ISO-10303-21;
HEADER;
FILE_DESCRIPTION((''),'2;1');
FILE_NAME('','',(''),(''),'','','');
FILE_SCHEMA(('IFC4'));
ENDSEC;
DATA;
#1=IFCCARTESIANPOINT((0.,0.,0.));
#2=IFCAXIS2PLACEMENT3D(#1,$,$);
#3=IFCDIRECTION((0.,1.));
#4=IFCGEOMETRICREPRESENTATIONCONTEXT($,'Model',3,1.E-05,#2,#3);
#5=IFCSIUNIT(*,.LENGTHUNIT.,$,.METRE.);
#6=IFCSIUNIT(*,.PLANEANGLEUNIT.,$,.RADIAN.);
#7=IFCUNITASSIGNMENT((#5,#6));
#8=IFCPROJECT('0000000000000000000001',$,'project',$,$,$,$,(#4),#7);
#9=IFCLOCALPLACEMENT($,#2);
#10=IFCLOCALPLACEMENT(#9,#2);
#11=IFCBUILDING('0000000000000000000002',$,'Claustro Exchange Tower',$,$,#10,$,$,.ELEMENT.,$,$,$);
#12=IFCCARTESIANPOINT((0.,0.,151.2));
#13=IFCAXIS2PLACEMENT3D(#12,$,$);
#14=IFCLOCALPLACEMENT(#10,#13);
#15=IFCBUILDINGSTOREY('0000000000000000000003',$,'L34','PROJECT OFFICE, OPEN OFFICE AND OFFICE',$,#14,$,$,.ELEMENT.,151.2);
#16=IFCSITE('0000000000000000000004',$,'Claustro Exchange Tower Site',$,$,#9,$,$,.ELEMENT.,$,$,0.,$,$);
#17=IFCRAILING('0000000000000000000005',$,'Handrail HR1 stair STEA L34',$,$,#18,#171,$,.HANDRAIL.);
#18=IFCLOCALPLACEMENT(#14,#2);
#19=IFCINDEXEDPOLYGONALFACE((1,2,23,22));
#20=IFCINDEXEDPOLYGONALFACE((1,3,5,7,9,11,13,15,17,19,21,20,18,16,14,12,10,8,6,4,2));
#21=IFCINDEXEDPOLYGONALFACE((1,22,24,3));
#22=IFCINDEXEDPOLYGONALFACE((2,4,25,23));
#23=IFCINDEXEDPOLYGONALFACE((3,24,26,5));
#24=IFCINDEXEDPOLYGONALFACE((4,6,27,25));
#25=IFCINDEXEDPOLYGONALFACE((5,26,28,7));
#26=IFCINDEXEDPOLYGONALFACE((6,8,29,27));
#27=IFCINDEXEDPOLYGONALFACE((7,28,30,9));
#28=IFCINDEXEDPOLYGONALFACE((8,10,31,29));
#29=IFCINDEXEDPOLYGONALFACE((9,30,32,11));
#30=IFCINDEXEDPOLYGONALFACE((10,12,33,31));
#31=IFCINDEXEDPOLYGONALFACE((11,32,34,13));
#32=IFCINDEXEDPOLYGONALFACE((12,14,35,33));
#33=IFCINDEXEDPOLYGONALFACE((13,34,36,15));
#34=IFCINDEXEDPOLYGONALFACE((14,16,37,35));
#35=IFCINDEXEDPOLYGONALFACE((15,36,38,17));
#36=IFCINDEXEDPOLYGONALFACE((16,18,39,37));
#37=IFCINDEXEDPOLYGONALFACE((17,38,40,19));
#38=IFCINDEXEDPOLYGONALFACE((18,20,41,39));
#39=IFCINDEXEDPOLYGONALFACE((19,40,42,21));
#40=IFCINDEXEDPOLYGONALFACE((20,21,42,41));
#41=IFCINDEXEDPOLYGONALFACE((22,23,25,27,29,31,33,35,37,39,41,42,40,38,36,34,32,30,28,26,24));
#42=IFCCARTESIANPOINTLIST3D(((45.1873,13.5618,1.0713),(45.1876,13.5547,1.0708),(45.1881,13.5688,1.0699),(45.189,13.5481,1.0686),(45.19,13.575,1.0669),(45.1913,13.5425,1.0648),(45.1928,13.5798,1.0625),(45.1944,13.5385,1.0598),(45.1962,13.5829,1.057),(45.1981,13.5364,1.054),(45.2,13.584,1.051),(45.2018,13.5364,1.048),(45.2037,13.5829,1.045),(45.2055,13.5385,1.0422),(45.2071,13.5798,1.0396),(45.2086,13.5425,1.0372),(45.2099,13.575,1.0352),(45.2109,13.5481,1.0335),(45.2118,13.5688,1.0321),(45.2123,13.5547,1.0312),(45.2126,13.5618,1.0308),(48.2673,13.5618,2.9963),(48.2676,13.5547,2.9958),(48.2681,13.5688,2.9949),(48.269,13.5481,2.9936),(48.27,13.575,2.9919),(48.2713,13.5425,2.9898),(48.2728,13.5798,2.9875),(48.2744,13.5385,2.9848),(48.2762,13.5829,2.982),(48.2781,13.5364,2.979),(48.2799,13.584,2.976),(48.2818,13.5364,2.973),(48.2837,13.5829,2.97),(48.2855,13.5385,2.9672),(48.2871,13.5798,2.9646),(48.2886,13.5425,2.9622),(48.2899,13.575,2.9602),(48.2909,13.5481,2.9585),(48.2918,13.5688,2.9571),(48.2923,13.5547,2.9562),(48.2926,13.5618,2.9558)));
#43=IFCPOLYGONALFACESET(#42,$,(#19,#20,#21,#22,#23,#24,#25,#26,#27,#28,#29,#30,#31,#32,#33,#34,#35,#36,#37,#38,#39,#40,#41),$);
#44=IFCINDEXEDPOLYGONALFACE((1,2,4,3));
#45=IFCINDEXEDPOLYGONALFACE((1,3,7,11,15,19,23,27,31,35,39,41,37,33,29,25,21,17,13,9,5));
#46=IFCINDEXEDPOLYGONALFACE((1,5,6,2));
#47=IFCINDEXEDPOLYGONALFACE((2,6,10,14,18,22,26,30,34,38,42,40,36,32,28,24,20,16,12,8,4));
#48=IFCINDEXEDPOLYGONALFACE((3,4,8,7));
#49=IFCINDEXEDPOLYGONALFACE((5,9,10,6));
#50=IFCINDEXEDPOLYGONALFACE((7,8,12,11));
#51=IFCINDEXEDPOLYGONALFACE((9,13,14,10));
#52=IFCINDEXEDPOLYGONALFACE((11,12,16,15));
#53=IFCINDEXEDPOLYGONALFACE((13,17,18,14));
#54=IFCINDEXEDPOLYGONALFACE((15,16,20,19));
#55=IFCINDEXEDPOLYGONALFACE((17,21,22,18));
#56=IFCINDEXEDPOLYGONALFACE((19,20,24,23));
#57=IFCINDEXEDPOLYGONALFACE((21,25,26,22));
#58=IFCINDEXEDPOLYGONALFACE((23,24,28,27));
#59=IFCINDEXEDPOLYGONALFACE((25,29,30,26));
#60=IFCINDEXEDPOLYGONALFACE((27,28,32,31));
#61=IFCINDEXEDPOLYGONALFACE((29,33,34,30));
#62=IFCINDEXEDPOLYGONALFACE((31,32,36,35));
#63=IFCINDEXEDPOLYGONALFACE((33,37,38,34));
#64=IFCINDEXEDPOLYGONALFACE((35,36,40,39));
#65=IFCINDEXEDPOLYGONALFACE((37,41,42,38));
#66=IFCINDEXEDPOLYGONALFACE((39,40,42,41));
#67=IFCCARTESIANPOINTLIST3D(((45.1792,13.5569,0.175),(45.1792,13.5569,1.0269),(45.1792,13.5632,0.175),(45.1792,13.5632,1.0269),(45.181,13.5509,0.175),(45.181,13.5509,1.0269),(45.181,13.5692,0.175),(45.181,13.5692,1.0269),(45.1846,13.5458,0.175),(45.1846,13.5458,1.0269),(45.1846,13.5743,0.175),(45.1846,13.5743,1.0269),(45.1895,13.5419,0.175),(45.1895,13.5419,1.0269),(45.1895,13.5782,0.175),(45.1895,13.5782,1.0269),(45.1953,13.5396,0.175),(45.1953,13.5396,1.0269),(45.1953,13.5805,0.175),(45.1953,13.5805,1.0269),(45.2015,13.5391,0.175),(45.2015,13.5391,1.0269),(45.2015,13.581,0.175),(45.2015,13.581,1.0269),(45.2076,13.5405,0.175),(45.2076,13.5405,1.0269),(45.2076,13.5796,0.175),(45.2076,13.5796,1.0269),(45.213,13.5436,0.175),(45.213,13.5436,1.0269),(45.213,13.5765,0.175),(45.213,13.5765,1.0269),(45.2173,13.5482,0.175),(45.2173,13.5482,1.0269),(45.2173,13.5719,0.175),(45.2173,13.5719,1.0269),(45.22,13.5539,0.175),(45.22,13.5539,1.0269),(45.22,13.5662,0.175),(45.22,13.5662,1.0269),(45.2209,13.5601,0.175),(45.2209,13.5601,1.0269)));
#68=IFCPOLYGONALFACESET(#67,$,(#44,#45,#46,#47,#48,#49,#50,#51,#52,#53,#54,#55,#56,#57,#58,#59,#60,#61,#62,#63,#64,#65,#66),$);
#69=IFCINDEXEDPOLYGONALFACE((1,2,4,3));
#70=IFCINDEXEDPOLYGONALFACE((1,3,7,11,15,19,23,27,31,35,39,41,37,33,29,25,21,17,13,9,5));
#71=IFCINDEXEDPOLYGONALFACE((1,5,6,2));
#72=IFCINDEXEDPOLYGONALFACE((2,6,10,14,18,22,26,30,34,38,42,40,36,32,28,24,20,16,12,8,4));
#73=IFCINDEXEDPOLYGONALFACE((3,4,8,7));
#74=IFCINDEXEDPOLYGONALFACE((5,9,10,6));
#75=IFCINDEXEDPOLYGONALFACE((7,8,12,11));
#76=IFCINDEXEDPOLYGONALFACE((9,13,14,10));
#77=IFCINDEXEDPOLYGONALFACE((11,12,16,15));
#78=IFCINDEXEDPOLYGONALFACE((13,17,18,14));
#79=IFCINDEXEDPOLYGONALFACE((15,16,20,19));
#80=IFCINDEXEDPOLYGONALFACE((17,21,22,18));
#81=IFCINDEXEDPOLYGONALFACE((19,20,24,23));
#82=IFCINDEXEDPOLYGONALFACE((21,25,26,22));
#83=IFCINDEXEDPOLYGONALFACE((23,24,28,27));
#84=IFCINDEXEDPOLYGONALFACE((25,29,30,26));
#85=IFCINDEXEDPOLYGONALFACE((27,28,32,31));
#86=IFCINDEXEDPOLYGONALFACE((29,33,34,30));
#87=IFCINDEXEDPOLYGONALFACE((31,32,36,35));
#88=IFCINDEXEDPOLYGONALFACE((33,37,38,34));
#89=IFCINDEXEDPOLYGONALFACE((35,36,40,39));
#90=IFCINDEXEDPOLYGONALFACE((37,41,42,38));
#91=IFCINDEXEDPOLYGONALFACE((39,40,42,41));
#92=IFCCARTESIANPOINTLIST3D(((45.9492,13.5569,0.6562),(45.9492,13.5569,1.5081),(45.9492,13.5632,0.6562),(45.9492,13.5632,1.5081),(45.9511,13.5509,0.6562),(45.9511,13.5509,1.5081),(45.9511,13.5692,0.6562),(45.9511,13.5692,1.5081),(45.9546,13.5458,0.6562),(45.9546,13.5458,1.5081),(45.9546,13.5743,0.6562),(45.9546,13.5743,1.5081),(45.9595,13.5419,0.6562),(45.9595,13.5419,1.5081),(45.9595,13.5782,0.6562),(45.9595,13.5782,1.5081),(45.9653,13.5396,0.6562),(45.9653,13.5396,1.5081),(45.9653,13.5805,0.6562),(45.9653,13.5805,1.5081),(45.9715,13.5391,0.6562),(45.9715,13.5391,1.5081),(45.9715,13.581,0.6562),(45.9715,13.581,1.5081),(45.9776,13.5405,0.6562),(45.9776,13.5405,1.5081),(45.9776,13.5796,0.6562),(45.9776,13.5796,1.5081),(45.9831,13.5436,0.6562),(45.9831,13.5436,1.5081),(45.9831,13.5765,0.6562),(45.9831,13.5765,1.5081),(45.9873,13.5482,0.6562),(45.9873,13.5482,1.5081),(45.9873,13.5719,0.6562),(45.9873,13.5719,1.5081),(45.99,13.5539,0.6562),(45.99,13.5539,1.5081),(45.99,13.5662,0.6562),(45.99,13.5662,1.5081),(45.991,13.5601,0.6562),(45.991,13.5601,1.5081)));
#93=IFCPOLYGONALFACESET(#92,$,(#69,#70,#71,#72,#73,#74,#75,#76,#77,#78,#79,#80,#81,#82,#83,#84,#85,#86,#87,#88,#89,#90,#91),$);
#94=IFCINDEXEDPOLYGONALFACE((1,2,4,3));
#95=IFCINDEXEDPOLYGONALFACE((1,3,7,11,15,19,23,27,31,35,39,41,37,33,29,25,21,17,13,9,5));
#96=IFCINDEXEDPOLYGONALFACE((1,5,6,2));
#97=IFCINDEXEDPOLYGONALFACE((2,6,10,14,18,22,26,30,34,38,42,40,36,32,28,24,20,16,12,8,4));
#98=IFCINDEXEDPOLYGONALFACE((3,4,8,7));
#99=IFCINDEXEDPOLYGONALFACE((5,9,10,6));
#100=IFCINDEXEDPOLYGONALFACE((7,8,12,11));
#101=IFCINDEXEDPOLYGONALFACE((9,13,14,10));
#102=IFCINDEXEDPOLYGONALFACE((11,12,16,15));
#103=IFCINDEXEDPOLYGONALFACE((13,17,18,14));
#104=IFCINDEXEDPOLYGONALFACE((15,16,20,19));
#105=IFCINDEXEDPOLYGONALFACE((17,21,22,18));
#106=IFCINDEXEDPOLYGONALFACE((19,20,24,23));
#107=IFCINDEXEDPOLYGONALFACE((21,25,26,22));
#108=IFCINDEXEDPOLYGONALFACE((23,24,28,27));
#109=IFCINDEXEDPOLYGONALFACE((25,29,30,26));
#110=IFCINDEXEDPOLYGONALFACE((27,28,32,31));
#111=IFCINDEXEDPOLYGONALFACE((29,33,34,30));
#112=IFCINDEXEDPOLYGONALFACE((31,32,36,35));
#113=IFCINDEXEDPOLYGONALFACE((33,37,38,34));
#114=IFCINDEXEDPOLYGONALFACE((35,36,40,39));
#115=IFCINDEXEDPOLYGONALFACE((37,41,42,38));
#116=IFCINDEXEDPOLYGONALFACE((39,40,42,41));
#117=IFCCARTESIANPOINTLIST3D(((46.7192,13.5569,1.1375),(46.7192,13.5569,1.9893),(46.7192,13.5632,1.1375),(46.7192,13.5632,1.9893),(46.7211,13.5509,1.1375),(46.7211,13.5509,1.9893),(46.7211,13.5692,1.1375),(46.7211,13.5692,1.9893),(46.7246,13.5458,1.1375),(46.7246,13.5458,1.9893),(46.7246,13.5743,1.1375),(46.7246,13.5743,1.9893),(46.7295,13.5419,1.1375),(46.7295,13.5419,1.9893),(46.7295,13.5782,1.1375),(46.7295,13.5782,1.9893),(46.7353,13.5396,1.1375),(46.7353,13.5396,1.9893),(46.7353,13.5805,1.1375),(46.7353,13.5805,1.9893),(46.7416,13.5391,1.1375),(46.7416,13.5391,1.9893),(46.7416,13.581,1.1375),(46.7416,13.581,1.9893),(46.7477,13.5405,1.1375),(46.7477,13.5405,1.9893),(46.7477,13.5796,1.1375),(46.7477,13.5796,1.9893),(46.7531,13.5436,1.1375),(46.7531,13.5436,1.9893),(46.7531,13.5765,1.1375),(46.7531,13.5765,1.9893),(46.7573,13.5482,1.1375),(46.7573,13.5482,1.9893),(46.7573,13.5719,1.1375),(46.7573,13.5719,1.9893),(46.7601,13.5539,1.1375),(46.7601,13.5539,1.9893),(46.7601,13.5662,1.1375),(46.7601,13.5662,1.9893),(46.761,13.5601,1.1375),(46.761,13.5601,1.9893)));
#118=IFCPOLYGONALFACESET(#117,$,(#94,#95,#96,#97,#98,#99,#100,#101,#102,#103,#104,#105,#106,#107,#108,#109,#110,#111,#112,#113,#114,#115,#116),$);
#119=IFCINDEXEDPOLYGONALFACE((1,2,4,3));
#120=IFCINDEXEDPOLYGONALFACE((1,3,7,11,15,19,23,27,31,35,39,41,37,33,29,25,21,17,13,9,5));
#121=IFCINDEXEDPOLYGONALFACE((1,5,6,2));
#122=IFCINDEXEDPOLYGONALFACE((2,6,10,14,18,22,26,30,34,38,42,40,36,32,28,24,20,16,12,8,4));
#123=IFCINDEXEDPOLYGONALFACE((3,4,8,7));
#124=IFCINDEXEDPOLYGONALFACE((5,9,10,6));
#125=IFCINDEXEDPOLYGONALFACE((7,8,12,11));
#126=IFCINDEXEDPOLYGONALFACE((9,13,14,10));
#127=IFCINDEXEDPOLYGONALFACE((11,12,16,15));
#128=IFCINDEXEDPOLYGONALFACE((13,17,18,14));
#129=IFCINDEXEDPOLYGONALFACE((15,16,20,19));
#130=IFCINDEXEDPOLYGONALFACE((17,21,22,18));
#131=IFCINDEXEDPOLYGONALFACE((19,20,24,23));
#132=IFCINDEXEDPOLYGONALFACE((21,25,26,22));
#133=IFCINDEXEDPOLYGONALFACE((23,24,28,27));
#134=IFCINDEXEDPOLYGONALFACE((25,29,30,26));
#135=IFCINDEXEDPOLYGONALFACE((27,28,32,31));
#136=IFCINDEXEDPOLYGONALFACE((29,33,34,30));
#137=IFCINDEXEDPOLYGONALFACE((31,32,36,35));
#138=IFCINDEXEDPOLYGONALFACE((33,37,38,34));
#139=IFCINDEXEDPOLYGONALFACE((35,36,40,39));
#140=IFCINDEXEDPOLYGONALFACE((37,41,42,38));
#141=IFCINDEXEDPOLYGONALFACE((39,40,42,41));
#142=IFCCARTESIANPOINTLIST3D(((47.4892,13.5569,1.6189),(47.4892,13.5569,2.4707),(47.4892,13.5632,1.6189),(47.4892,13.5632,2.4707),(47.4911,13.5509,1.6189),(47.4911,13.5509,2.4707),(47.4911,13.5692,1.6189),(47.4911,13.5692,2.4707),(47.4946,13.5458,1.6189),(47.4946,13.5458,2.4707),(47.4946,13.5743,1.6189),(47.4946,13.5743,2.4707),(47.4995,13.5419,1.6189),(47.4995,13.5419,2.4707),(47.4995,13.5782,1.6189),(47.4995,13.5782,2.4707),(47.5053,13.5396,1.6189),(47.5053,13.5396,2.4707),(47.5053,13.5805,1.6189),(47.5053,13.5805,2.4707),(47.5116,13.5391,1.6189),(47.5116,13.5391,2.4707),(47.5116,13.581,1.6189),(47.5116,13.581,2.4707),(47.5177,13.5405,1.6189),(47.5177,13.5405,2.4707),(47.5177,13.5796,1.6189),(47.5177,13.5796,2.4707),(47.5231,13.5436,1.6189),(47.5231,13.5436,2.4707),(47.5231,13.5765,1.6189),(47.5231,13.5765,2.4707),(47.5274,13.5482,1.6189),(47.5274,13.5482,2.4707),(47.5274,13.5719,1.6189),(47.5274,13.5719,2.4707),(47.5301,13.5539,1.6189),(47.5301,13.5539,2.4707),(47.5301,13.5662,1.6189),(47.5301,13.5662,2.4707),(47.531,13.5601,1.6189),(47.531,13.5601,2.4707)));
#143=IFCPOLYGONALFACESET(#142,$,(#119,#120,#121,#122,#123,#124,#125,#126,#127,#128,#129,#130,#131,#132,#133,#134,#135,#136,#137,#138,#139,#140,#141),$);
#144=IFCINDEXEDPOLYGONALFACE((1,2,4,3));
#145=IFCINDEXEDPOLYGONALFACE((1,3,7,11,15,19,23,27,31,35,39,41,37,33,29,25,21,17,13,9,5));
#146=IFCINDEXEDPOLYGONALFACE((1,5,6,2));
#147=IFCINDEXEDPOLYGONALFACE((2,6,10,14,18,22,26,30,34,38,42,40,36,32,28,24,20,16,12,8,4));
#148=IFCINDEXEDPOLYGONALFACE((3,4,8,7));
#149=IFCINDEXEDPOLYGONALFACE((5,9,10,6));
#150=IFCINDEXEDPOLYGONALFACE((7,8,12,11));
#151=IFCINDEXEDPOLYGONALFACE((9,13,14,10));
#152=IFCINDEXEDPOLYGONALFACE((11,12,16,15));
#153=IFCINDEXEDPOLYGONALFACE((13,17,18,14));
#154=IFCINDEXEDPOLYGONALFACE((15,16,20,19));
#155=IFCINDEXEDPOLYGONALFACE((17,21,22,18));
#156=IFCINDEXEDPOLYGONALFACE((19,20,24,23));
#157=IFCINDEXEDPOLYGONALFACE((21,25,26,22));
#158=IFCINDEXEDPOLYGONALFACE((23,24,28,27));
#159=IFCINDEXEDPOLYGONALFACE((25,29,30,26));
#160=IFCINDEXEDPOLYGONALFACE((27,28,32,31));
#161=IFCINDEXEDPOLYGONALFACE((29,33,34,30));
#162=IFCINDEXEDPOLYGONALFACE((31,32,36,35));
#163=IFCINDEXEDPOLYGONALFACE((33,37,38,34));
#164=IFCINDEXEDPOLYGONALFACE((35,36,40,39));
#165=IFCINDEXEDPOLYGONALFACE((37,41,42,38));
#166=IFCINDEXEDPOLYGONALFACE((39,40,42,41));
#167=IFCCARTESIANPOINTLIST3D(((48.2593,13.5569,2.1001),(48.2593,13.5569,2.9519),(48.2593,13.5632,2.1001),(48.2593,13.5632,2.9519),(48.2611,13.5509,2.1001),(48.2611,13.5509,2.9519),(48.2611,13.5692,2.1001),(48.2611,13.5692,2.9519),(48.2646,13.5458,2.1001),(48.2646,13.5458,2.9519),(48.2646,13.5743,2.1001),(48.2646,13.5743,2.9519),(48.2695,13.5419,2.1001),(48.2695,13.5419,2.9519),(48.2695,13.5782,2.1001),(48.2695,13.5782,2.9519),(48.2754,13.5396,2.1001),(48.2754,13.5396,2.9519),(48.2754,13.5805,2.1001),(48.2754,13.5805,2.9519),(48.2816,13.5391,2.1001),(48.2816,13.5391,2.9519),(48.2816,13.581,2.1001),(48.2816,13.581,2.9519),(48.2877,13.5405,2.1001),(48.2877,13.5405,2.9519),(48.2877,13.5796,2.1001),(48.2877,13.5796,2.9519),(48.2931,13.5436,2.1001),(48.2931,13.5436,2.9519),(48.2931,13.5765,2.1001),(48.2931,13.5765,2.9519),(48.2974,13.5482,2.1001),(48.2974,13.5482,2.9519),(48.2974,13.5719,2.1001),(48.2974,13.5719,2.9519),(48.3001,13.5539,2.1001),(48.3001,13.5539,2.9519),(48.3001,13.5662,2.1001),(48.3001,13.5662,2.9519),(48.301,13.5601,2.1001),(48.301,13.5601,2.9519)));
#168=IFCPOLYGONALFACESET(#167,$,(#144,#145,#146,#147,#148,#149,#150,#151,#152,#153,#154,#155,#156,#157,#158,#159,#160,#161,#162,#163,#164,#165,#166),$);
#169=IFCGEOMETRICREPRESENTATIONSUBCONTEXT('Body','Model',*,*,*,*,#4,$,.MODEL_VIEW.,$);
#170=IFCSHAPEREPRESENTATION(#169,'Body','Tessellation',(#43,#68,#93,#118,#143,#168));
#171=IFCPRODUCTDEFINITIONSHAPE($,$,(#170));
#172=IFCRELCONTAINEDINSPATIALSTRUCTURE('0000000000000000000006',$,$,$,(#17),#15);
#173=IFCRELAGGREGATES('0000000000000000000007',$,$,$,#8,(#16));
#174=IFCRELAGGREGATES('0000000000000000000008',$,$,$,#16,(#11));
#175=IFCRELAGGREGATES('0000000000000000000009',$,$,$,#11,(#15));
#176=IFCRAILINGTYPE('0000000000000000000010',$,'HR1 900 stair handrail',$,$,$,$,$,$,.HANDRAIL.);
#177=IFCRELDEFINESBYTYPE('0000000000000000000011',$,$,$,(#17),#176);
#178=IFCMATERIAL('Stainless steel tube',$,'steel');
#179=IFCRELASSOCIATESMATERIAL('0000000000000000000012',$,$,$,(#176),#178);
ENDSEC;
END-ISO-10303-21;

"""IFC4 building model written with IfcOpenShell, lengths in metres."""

from ifc_helpers import new_model, si_unit, direction, frame, origin, origin_2d, place, context, subcontext, project, spatial, circle, extrude, material, type_object, element, save


model = new_model("IFC4")

# Units and contexts
model_context = context("Model", 3, precision=1e-05, world=origin(), true_north=direction((0.0, 1.0)))
body_context = subcontext(model_context, "Body", "Model", "MODEL_VIEW")
ifc_project = project(units=[si_unit("LENGTHUNIT", "METRE"), si_unit("PLANEANGLEUNIT", "RADIAN")], contexts=[model_context])

# Site, building, storey
site_placement = place(None, origin())
site = spatial("IfcSite", under=ifc_project, at=site_placement, Name="Claustro Exchange Tower Site", CompositionType="ELEMENT", RefElevation=0.0)
building_placement = place(site_placement, origin())
building = spatial("IfcBuilding", under=site, at=building_placement, Name="Claustro Exchange Tower", CompositionType="ELEMENT")
storey_placement = place(building_placement, frame((0.0, 0.0, 151.2)))
storey = spatial("IfcBuildingStorey", under=building, at=storey_placement, Name="L34", Description="PROJECT OFFICE, OPEN OFFICE AND OFFICE", CompositionType="ELEMENT", Elevation=151.2)

# Railing
ifc_material_1 = material(Name="Stainless steel tube", Category="steel")
railing_type_1 = type_object("IfcRailingType", Name="HR1 900 stair handrail", PredefinedType="HANDRAIL", material=ifc_material_1)
railing_1_placement = place(storey_placement, frame((45.2, 13.5601, 0.175)))
element("IfcRailing", 1, at=railing_1_placement, inside=storey, type_object=railing_type_1, Name="Handrail HR1 stair STEA L34", PredefinedType="HANDRAIL", context=body_context, shape_type="SweptSolid", body=[
    extrude(circle(Radius=0.0239, at=origin_2d()), frame((0.0, 0.0, 0.876), z_axis=(0.847998, 0.0, 0.529999), x_axis=(0.0, 1.0, 0.0)), (0.0, 0.0, 1.0), 3.6321),
    extrude(circle(Radius=0.021, at=origin_2d()), origin(), (0.0, 0.0, 1.0), 0.8518),
    extrude(circle(Radius=0.021, at=origin_2d()), frame((0.77, 0.0, 0.4812)), (0.0, 0.0, 1.0), 0.8518),
    extrude(circle(Radius=0.021, at=origin_2d()), frame((1.54, 0.0, 0.9624)), (0.0, 0.0, 1.0), 0.8518),
    extrude(circle(Radius=0.021, at=origin_2d()), frame((2.3101, 0.0, 1.4438)), (0.0, 0.0, 1.0), 0.8518),
    extrude(circle(Radius=0.021, at=origin_2d()), frame((3.0801, 0.0, 1.925)), (0.0, 0.0, 1.0), 0.8518),
])

save(model, "model.ifc")
